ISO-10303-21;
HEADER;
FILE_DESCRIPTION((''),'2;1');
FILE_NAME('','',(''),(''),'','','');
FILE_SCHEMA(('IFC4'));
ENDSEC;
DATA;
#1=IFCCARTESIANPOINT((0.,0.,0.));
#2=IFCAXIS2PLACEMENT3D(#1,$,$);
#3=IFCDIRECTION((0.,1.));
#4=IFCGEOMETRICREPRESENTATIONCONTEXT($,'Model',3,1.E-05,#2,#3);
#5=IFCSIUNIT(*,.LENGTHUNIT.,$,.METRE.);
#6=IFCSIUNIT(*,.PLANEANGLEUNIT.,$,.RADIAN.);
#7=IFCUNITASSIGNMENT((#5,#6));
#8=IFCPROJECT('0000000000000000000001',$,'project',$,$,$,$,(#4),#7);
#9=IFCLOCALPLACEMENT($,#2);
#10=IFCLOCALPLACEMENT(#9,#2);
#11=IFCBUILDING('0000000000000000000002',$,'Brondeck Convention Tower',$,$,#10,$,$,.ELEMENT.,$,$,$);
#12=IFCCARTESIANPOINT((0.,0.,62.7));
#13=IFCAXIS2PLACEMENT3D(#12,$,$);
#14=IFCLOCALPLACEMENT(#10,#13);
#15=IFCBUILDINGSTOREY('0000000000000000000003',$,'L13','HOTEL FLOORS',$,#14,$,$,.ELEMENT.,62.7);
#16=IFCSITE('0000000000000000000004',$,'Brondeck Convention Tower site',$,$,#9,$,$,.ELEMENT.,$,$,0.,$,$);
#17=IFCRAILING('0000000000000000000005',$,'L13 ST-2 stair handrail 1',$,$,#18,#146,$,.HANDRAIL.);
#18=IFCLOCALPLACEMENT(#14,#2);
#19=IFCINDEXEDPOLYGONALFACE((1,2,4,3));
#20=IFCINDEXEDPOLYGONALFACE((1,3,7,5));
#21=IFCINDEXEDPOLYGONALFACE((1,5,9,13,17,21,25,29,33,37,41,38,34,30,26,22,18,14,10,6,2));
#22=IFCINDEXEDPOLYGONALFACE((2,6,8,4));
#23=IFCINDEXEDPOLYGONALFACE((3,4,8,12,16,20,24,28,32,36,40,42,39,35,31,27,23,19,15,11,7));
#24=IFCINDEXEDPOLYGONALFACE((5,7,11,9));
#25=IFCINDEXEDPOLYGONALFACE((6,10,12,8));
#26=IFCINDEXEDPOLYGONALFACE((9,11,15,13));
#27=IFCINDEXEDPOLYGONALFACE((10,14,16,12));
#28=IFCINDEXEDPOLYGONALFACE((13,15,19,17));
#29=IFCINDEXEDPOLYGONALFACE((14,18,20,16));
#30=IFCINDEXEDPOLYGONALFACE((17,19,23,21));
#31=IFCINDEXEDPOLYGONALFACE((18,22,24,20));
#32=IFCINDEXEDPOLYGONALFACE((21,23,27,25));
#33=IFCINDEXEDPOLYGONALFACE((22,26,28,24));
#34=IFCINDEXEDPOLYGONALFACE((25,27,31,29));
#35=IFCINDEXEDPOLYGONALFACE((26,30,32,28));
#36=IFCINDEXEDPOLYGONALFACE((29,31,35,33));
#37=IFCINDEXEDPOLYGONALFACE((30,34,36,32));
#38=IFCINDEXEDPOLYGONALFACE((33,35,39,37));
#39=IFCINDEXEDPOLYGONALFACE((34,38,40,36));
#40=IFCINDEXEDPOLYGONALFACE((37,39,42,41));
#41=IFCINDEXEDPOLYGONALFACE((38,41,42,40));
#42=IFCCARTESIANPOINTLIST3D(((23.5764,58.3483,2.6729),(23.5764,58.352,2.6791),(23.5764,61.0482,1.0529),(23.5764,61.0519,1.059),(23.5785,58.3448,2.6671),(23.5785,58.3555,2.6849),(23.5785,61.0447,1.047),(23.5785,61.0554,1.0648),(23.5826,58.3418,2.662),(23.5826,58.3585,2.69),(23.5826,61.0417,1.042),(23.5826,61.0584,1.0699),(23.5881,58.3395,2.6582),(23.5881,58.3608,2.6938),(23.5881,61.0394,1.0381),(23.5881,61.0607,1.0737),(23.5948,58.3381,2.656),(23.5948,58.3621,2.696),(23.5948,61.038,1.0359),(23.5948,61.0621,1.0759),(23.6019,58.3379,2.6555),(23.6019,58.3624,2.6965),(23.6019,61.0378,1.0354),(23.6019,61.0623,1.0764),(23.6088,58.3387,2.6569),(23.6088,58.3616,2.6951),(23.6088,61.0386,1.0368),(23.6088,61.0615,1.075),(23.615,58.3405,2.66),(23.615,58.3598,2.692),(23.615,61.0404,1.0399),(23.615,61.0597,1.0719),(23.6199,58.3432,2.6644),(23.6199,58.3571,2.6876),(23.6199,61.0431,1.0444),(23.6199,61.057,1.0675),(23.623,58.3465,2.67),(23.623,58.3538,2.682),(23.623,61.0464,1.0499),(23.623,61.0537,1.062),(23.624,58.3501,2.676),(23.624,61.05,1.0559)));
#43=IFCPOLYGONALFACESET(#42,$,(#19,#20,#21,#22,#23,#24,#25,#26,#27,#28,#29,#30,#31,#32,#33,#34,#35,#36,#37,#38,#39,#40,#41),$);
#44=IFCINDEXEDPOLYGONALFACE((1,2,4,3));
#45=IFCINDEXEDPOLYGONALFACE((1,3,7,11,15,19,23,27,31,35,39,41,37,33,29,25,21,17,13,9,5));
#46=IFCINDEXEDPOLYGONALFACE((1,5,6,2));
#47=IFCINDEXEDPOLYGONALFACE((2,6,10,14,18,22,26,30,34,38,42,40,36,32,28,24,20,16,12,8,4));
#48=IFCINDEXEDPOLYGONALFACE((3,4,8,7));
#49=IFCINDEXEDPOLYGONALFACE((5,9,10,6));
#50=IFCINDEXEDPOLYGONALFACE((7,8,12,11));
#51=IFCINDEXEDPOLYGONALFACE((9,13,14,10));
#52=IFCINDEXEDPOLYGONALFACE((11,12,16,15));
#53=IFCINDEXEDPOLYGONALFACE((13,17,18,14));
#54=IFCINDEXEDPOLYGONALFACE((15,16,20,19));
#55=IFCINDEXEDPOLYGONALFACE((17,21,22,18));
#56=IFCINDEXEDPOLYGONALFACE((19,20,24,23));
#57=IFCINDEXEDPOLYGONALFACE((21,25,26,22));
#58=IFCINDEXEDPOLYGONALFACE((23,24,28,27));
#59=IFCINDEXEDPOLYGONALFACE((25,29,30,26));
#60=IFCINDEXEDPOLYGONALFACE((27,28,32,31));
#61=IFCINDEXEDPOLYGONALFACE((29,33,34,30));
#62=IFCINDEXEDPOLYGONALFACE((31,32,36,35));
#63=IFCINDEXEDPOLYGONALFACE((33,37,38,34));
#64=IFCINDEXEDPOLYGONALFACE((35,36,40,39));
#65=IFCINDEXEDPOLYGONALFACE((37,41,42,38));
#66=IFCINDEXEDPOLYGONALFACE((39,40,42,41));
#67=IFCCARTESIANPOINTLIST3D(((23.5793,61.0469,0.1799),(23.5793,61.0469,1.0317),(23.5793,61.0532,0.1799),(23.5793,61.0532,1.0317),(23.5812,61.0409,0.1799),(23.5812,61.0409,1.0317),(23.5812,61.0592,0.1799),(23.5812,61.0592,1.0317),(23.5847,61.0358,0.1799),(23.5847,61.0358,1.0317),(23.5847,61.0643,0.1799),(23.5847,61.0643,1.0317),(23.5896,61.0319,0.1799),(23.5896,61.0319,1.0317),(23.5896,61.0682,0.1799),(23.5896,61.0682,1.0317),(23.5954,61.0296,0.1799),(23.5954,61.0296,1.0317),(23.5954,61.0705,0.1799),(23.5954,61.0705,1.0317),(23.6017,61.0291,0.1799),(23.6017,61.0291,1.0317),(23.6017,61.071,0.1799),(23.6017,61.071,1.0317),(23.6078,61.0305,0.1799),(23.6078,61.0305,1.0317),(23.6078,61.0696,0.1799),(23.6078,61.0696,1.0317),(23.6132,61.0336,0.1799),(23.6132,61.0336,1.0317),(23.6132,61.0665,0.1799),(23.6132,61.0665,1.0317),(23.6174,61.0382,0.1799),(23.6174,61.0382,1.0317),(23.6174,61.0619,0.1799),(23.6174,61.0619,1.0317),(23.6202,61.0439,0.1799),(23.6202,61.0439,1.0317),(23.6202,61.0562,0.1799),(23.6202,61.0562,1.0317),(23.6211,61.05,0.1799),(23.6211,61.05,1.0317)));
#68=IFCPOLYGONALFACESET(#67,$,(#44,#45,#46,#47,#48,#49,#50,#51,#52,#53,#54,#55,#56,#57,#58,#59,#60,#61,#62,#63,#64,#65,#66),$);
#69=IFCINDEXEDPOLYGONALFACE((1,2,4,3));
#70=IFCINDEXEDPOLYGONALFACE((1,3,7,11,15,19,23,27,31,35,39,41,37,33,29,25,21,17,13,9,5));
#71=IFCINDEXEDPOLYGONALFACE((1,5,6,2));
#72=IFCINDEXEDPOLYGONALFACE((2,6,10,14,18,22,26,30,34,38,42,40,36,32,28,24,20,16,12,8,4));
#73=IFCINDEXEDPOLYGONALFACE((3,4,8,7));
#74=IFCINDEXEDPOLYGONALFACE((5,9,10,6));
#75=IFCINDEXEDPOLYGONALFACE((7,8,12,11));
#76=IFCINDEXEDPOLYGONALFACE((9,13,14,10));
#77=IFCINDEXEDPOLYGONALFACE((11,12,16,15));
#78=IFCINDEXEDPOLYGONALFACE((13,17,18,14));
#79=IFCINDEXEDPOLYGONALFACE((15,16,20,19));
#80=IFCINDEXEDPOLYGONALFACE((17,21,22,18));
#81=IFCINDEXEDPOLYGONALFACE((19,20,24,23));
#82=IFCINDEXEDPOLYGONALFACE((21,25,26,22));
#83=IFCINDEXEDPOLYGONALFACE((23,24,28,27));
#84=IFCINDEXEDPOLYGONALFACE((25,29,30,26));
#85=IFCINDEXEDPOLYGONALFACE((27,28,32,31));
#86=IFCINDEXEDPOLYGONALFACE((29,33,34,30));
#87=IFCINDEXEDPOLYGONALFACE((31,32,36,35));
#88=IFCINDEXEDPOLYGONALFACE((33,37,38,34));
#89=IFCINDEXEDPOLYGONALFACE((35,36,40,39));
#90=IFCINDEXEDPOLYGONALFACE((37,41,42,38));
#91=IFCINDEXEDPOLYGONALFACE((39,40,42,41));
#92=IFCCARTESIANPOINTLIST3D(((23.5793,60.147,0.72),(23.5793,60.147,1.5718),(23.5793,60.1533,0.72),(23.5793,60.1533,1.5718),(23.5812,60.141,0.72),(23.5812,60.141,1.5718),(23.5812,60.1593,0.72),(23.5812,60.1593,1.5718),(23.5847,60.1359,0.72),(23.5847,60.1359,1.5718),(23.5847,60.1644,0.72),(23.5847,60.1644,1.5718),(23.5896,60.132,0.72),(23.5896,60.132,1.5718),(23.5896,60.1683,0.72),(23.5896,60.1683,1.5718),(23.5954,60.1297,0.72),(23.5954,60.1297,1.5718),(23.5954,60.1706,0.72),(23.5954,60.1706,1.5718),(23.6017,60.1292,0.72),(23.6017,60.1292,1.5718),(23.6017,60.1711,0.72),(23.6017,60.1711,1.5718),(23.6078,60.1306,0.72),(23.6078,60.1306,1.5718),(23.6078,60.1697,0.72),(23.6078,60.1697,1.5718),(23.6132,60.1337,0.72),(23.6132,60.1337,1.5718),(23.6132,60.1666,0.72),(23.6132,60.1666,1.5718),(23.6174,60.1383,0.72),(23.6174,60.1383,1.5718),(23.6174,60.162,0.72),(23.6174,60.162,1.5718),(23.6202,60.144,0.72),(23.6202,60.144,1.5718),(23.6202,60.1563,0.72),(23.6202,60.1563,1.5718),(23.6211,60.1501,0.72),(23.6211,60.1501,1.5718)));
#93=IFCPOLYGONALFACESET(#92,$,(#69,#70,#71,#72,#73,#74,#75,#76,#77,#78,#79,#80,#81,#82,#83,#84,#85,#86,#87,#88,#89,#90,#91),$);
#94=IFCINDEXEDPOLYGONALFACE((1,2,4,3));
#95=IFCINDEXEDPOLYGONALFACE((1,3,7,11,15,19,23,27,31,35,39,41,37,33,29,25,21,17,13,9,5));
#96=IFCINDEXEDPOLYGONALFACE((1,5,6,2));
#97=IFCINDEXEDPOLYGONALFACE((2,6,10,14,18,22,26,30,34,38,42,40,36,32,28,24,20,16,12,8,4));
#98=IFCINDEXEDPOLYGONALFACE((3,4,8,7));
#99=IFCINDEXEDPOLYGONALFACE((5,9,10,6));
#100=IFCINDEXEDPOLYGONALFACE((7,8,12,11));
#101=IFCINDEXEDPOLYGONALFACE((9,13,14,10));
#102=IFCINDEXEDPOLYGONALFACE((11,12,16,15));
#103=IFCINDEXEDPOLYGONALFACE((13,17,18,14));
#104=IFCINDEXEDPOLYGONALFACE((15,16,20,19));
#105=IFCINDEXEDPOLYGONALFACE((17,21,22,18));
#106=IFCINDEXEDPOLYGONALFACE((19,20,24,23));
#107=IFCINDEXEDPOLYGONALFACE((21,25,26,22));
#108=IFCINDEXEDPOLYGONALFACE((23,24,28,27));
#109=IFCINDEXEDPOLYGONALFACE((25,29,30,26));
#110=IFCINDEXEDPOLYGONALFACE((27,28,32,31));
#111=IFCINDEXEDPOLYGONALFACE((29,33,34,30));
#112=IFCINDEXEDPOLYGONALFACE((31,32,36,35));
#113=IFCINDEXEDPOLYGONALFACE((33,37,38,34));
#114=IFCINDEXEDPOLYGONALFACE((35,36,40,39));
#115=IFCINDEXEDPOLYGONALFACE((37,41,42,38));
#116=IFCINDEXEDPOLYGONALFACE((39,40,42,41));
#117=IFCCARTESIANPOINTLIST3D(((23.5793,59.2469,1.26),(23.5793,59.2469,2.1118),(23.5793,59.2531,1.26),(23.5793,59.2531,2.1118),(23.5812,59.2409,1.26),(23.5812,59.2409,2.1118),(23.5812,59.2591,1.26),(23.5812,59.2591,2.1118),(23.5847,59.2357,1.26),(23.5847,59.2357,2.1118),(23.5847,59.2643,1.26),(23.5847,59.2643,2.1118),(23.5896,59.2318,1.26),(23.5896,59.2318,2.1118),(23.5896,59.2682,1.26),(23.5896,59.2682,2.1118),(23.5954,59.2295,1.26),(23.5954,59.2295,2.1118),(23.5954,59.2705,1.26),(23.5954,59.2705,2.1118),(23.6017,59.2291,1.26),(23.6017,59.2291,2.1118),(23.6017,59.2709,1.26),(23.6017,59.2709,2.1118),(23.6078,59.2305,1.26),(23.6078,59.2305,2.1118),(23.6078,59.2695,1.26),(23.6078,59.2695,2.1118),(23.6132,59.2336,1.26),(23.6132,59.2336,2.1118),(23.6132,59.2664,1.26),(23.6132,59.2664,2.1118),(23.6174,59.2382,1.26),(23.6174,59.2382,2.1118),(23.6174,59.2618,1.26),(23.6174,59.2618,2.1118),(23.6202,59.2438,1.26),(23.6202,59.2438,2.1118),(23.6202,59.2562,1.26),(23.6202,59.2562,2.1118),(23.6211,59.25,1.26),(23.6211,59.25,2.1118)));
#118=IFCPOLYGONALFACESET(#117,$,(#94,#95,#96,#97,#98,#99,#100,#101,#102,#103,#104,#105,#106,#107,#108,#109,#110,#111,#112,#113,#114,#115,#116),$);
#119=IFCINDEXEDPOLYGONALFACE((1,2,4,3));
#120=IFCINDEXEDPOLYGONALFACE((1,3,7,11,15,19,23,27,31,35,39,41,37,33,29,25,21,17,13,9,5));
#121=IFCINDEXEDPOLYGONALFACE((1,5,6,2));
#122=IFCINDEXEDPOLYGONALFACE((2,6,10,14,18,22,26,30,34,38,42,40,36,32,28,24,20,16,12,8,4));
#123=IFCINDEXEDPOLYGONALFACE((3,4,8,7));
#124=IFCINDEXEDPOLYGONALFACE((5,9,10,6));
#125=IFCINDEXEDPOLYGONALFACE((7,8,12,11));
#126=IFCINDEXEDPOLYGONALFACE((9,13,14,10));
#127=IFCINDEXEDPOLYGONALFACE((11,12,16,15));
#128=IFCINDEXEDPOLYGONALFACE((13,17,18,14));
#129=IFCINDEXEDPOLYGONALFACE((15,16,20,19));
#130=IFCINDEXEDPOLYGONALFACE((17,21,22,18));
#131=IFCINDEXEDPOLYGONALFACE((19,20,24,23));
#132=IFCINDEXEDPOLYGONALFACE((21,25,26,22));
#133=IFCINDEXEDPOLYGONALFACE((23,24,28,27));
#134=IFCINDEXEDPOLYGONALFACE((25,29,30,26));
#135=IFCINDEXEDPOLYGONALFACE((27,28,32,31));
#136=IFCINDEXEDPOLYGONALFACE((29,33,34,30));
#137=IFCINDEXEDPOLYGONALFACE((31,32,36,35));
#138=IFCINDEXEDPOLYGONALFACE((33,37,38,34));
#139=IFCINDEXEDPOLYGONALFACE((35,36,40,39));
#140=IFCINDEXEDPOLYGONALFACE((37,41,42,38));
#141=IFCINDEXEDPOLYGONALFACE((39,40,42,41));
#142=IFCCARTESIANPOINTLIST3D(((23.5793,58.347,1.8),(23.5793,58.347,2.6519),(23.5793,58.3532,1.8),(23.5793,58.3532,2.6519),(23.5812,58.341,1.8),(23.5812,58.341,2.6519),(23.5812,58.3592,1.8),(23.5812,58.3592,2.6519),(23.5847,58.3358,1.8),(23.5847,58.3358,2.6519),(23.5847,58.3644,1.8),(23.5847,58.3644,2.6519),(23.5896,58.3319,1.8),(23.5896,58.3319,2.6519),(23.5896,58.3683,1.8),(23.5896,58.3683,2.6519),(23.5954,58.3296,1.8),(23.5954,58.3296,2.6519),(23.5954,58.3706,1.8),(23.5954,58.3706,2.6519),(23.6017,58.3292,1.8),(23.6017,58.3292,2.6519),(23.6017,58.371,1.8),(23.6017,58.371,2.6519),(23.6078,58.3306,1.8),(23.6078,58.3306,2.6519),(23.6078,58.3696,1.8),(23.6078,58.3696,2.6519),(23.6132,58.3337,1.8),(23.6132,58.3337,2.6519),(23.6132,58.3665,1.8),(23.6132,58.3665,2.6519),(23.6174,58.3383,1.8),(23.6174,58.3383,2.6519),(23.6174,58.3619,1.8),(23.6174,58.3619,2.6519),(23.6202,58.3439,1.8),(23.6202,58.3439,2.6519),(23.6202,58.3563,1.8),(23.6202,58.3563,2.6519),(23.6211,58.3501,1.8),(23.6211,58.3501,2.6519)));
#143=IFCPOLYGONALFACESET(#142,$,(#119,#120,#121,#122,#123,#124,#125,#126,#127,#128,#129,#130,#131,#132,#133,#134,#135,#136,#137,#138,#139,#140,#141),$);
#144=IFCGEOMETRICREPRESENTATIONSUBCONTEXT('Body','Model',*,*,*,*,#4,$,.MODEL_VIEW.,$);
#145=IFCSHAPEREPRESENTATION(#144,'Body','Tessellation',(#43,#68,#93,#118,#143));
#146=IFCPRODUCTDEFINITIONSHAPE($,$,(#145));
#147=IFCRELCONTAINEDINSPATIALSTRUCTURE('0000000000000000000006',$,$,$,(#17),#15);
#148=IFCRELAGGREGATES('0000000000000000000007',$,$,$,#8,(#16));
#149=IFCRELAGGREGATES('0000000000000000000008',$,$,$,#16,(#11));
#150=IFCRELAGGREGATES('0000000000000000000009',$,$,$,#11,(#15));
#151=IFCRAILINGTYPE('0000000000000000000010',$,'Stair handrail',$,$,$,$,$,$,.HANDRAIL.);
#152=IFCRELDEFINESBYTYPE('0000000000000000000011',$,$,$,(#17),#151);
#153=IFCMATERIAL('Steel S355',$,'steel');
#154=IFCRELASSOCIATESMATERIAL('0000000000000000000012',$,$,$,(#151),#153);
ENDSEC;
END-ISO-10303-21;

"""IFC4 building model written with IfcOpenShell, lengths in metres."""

from ifc_helpers import new_model, si_unit, direction, frame, origin, origin_2d, place, context, subcontext, project, spatial, circle, extrude, material, type_object, element, save


model = new_model("IFC4")

# Units and contexts
model_context = context("Model", 3, precision=1e-05, world=origin(), true_north=direction((0.0, 1.0)))
body_context = subcontext(model_context, "Body", "Model", "MODEL_VIEW")
ifc_project = project(units=[si_unit("LENGTHUNIT", "METRE"), si_unit("PLANEANGLEUNIT", "RADIAN")], contexts=[model_context])

# Site, building, storey
site_placement = place(None, origin())
site = spatial("IfcSite", under=ifc_project, at=site_placement, Name="Brondeck Convention Tower site", CompositionType="ELEMENT", RefElevation=0.0)
building_placement = place(site_placement, origin())
building = spatial("IfcBuilding", under=site, at=building_placement, Name="Brondeck Convention Tower", CompositionType="ELEMENT")
storey_placement = place(building_placement, frame((0.0, 0.0, 62.7)))
storey = spatial("IfcBuildingStorey", under=building, at=storey_placement, Name="L13", Description="HOTEL FLOORS", CompositionType="ELEMENT", Elevation=62.7)

# Railing
ifc_material_1 = material(Name="Steel S355", Category="steel")
railing_type_1 = type_object("IfcRailingType", Name="Stair handrail", PredefinedType="HANDRAIL", material=ifc_material_1)
railing_1_placement = place(storey_placement, frame((23.6001, 61.05, 0.1799)))
element("IfcRailing", 1, at=railing_1_placement, inside=storey, type_object=railing_type_1, Name="L13 ST-2 stair handrail 1", PredefinedType="HANDRAIL", context=body_context, shape_type="SweptSolid", body=[
    extrude(circle(Radius=0.0239, at=origin_2d()), frame((0.0, 0.0, 0.876), z_axis=(0.0, -0.857472, 0.51453), x_axis=(1.0, 0.0, 0.0)), (0.0, 0.0, 1.0), 3.1487),
    extrude(circle(Radius=0.021, at=origin_2d()), origin(), (0.0, 0.0, 1.0), 0.8518),
    extrude(circle(Radius=0.021, at=origin_2d()), frame((0.0, -0.8999, 0.54)), (0.0, 0.0, 1.0), 0.8518),
    extrude(circle(Radius=0.021, at=origin_2d()), frame((0.0, -1.8, 1.0801)), (0.0, 0.0, 1.0), 0.8518),
    extrude(circle(Radius=0.021, at=origin_2d()), frame((0.0, -2.7, 1.6201)), (0.0, 0.0, 1.0), 0.8518),
])

save(model, "model.ifc")
